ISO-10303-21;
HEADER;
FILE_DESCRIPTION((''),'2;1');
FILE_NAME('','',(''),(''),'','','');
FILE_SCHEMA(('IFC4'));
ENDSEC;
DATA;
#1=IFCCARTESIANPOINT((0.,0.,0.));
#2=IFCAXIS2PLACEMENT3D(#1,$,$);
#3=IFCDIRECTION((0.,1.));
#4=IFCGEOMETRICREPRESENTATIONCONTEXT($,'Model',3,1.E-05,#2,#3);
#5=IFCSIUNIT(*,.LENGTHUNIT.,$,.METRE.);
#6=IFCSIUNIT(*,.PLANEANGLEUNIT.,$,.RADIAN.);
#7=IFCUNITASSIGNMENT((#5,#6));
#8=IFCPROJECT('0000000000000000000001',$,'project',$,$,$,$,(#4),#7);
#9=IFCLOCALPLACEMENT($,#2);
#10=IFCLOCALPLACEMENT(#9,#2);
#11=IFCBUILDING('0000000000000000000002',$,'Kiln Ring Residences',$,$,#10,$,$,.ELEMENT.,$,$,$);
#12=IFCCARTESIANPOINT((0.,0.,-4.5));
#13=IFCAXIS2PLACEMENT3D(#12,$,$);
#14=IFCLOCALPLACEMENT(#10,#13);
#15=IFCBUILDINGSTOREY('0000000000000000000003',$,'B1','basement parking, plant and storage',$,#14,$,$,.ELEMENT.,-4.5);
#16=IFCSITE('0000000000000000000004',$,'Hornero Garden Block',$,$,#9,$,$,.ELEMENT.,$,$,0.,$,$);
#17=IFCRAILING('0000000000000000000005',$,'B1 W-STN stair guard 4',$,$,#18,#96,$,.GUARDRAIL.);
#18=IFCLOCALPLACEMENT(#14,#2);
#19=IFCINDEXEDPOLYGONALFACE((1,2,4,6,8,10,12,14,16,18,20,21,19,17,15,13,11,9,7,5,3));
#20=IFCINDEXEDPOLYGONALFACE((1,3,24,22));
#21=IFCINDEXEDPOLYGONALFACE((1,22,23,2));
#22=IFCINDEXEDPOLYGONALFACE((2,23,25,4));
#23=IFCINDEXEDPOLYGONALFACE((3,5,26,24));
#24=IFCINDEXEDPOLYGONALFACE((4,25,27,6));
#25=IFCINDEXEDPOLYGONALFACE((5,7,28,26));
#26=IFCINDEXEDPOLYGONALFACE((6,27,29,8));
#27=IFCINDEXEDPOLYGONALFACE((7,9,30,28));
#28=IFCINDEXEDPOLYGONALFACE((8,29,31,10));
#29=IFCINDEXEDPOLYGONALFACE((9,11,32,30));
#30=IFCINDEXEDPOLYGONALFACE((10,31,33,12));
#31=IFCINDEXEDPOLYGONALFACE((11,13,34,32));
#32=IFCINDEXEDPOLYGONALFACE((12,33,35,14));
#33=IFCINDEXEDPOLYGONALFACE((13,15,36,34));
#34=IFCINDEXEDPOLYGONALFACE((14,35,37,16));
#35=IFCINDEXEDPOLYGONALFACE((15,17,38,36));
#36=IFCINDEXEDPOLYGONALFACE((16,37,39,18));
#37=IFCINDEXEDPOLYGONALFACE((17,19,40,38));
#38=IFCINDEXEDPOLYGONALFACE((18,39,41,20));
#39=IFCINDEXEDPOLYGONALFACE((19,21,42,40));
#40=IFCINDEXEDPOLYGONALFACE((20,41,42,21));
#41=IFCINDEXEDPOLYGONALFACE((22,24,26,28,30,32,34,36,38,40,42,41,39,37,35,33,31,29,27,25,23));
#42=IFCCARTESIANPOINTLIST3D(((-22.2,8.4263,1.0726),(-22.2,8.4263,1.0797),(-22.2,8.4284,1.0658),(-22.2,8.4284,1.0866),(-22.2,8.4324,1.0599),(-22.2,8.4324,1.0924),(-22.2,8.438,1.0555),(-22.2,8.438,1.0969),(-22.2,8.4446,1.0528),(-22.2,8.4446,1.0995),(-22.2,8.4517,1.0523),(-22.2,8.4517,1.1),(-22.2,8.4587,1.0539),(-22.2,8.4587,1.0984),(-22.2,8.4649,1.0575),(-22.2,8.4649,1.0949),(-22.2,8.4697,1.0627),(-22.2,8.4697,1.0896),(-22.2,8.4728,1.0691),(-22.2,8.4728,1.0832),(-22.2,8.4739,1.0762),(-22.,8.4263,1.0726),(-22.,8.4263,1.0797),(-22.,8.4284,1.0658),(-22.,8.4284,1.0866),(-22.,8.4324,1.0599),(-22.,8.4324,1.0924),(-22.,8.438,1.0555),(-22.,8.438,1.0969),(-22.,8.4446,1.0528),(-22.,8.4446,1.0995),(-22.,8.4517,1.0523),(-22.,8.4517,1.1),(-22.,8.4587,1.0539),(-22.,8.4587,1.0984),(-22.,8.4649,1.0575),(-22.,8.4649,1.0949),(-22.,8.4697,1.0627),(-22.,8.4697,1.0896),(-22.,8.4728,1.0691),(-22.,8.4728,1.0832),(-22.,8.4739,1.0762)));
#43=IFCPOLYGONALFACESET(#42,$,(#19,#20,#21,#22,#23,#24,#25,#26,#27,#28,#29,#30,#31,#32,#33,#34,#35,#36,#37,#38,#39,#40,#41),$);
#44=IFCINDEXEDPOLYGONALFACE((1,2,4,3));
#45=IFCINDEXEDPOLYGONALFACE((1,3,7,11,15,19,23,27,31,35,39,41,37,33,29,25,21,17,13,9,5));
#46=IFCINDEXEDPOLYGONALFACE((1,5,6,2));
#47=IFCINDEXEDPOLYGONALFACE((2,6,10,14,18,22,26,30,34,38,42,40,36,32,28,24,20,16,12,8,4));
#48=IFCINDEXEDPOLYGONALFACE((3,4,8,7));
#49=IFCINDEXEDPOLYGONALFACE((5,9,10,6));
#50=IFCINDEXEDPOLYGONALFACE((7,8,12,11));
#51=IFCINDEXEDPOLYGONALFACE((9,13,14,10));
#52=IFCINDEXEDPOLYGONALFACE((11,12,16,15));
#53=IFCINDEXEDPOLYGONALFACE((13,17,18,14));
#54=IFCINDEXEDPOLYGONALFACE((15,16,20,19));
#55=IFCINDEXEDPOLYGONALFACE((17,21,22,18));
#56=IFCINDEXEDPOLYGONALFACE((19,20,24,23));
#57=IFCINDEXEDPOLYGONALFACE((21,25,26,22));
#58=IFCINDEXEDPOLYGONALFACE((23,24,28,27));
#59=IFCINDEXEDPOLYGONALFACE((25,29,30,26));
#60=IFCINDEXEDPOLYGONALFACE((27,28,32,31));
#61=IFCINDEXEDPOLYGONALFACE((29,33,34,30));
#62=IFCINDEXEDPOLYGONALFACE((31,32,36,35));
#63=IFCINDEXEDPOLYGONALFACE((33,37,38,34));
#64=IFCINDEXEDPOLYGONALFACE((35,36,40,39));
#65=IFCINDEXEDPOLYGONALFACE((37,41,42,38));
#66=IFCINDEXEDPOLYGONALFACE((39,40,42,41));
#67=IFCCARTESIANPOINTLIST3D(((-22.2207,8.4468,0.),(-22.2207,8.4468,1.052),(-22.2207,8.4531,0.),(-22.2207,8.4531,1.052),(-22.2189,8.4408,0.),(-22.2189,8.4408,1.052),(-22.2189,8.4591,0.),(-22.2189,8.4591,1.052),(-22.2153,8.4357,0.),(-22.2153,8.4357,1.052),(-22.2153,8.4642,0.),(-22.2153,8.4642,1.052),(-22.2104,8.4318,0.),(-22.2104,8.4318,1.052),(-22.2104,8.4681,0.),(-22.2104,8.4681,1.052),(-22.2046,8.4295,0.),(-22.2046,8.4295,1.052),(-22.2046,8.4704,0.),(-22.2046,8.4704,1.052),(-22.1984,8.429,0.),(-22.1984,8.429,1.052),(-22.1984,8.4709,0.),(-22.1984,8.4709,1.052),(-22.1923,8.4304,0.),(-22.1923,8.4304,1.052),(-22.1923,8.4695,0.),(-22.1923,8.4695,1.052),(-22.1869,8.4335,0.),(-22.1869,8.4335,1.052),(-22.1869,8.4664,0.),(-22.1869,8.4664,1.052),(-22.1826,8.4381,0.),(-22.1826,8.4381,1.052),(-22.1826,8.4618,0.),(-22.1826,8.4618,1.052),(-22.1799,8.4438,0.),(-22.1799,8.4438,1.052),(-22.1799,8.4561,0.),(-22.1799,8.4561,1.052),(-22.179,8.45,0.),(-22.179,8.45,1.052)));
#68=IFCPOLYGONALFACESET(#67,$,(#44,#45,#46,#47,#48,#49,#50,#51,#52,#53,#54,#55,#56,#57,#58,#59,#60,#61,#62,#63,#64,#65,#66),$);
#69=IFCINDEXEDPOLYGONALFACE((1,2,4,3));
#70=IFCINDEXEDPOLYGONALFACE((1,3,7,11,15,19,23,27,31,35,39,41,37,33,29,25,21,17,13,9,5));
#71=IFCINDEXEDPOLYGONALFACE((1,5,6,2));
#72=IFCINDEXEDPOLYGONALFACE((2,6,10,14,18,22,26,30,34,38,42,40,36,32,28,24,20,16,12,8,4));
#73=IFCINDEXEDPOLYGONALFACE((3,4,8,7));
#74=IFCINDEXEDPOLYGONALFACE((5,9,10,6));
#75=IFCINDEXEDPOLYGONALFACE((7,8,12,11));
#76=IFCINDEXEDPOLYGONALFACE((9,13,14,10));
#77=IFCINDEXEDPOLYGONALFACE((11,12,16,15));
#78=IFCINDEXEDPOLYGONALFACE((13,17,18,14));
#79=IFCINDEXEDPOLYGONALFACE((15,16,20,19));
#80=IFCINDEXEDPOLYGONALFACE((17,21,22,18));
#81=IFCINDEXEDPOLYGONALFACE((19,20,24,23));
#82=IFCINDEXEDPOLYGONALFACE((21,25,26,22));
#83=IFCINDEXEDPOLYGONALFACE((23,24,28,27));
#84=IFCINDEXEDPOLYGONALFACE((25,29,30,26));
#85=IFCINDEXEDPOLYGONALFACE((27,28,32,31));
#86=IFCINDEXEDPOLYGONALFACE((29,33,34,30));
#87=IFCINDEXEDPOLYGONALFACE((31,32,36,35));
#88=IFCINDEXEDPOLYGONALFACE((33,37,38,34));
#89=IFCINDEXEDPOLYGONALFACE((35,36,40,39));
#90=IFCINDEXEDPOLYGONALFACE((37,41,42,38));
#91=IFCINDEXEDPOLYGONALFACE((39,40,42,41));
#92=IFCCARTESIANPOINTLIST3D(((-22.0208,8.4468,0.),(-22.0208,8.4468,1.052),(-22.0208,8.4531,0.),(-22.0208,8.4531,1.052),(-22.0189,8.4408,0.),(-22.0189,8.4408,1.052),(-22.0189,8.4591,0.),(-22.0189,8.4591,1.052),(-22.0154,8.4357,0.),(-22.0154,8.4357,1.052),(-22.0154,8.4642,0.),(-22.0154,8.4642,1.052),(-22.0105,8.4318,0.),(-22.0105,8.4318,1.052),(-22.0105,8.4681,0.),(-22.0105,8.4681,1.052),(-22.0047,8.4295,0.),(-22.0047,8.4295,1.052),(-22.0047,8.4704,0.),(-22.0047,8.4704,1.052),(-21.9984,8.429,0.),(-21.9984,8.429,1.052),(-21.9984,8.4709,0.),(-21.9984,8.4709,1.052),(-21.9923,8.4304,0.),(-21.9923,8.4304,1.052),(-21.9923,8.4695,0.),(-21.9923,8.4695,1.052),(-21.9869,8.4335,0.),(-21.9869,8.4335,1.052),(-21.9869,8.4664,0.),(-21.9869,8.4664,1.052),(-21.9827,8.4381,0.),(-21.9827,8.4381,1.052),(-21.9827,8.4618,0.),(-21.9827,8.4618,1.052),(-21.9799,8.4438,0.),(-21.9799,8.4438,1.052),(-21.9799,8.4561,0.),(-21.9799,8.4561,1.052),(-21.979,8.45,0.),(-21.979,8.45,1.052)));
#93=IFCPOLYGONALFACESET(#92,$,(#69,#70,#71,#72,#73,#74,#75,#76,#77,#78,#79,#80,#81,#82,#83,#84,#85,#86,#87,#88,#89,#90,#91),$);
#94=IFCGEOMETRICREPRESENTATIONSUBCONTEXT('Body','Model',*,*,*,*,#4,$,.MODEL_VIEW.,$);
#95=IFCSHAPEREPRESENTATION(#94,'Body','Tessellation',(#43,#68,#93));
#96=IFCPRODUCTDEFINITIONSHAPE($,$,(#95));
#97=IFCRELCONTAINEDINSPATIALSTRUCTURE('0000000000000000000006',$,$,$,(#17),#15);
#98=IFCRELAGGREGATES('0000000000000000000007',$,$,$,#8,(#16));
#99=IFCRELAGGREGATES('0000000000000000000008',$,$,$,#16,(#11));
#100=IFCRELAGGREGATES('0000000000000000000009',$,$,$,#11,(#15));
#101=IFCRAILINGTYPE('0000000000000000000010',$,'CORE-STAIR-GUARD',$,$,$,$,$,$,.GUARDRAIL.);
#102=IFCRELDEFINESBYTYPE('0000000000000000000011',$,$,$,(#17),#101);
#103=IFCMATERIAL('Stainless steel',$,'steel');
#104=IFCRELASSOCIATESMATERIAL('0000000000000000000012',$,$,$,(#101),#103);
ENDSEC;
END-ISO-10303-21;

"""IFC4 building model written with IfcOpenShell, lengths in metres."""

from ifc_helpers import new_model, si_unit, direction, frame, origin, origin_2d, place, context, subcontext, project, spatial, circle, extrude, material, type_object, element, save


model = new_model("IFC4")

# Units and contexts
model_context = context("Model", 3, precision=1e-05, world=origin(), true_north=direction((0.0, 1.0)))
body_context = subcontext(model_context, "Body", "Model", "MODEL_VIEW")
ifc_project = project(units=[si_unit("LENGTHUNIT", "METRE"), si_unit("PLANEANGLEUNIT", "RADIAN")], contexts=[model_context])

# Site, building, storey
site_placement = place(None, origin())
site = spatial("IfcSite", under=ifc_project, at=site_placement, Name="Hornero Garden Block", CompositionType="ELEMENT", RefElevation=0.0)
building_placement = place(site_placement, origin())
building = spatial("IfcBuilding", under=site, at=building_placement, Name="Kiln Ring Residences", CompositionType="ELEMENT")
storey_placement = place(building_placement, frame((0.0, 0.0, -4.5)))
storey = spatial("IfcBuildingStorey", under=building, at=storey_placement, Name="B1", Description="basement parking, plant and storage", CompositionType="ELEMENT", Elevation=-4.5)

# Railing
ifc_material_1 = material(Name="Stainless steel", Category="steel")
railing_type_1 = type_object("IfcRailingType", Name="CORE-STAIR-GUARD", PredefinedType="GUARDRAIL", material=ifc_material_1)
railing_1_placement = place(storey_placement, frame((-22.2, 8.45, 0.0)))
element("IfcRailing", 1, at=railing_1_placement, inside=storey, type_object=railing_type_1, Name="B1 W-STN stair guard 4", PredefinedType="GUARDRAIL", context=body_context, shape_type="SweptSolid", body=[
    extrude(circle(Radius=0.0239, at=origin_2d()), frame((0.0, 0.0, 1.0762), z_axis=(1.0, 0.0, 0.0), x_axis=(0.0, 1.0, 0.0)), (0.0, 0.0, 1.0), 0.2),
    extrude(circle(Radius=0.021, at=origin_2d()), origin(), (0.0, 0.0, 1.0), 1.052),
    extrude(circle(Radius=0.021, at=origin_2d()), frame((0.2, 0.0, 0.0)), (0.0, 0.0, 1.0), 1.052),
])

save(model, "model.ifc")
